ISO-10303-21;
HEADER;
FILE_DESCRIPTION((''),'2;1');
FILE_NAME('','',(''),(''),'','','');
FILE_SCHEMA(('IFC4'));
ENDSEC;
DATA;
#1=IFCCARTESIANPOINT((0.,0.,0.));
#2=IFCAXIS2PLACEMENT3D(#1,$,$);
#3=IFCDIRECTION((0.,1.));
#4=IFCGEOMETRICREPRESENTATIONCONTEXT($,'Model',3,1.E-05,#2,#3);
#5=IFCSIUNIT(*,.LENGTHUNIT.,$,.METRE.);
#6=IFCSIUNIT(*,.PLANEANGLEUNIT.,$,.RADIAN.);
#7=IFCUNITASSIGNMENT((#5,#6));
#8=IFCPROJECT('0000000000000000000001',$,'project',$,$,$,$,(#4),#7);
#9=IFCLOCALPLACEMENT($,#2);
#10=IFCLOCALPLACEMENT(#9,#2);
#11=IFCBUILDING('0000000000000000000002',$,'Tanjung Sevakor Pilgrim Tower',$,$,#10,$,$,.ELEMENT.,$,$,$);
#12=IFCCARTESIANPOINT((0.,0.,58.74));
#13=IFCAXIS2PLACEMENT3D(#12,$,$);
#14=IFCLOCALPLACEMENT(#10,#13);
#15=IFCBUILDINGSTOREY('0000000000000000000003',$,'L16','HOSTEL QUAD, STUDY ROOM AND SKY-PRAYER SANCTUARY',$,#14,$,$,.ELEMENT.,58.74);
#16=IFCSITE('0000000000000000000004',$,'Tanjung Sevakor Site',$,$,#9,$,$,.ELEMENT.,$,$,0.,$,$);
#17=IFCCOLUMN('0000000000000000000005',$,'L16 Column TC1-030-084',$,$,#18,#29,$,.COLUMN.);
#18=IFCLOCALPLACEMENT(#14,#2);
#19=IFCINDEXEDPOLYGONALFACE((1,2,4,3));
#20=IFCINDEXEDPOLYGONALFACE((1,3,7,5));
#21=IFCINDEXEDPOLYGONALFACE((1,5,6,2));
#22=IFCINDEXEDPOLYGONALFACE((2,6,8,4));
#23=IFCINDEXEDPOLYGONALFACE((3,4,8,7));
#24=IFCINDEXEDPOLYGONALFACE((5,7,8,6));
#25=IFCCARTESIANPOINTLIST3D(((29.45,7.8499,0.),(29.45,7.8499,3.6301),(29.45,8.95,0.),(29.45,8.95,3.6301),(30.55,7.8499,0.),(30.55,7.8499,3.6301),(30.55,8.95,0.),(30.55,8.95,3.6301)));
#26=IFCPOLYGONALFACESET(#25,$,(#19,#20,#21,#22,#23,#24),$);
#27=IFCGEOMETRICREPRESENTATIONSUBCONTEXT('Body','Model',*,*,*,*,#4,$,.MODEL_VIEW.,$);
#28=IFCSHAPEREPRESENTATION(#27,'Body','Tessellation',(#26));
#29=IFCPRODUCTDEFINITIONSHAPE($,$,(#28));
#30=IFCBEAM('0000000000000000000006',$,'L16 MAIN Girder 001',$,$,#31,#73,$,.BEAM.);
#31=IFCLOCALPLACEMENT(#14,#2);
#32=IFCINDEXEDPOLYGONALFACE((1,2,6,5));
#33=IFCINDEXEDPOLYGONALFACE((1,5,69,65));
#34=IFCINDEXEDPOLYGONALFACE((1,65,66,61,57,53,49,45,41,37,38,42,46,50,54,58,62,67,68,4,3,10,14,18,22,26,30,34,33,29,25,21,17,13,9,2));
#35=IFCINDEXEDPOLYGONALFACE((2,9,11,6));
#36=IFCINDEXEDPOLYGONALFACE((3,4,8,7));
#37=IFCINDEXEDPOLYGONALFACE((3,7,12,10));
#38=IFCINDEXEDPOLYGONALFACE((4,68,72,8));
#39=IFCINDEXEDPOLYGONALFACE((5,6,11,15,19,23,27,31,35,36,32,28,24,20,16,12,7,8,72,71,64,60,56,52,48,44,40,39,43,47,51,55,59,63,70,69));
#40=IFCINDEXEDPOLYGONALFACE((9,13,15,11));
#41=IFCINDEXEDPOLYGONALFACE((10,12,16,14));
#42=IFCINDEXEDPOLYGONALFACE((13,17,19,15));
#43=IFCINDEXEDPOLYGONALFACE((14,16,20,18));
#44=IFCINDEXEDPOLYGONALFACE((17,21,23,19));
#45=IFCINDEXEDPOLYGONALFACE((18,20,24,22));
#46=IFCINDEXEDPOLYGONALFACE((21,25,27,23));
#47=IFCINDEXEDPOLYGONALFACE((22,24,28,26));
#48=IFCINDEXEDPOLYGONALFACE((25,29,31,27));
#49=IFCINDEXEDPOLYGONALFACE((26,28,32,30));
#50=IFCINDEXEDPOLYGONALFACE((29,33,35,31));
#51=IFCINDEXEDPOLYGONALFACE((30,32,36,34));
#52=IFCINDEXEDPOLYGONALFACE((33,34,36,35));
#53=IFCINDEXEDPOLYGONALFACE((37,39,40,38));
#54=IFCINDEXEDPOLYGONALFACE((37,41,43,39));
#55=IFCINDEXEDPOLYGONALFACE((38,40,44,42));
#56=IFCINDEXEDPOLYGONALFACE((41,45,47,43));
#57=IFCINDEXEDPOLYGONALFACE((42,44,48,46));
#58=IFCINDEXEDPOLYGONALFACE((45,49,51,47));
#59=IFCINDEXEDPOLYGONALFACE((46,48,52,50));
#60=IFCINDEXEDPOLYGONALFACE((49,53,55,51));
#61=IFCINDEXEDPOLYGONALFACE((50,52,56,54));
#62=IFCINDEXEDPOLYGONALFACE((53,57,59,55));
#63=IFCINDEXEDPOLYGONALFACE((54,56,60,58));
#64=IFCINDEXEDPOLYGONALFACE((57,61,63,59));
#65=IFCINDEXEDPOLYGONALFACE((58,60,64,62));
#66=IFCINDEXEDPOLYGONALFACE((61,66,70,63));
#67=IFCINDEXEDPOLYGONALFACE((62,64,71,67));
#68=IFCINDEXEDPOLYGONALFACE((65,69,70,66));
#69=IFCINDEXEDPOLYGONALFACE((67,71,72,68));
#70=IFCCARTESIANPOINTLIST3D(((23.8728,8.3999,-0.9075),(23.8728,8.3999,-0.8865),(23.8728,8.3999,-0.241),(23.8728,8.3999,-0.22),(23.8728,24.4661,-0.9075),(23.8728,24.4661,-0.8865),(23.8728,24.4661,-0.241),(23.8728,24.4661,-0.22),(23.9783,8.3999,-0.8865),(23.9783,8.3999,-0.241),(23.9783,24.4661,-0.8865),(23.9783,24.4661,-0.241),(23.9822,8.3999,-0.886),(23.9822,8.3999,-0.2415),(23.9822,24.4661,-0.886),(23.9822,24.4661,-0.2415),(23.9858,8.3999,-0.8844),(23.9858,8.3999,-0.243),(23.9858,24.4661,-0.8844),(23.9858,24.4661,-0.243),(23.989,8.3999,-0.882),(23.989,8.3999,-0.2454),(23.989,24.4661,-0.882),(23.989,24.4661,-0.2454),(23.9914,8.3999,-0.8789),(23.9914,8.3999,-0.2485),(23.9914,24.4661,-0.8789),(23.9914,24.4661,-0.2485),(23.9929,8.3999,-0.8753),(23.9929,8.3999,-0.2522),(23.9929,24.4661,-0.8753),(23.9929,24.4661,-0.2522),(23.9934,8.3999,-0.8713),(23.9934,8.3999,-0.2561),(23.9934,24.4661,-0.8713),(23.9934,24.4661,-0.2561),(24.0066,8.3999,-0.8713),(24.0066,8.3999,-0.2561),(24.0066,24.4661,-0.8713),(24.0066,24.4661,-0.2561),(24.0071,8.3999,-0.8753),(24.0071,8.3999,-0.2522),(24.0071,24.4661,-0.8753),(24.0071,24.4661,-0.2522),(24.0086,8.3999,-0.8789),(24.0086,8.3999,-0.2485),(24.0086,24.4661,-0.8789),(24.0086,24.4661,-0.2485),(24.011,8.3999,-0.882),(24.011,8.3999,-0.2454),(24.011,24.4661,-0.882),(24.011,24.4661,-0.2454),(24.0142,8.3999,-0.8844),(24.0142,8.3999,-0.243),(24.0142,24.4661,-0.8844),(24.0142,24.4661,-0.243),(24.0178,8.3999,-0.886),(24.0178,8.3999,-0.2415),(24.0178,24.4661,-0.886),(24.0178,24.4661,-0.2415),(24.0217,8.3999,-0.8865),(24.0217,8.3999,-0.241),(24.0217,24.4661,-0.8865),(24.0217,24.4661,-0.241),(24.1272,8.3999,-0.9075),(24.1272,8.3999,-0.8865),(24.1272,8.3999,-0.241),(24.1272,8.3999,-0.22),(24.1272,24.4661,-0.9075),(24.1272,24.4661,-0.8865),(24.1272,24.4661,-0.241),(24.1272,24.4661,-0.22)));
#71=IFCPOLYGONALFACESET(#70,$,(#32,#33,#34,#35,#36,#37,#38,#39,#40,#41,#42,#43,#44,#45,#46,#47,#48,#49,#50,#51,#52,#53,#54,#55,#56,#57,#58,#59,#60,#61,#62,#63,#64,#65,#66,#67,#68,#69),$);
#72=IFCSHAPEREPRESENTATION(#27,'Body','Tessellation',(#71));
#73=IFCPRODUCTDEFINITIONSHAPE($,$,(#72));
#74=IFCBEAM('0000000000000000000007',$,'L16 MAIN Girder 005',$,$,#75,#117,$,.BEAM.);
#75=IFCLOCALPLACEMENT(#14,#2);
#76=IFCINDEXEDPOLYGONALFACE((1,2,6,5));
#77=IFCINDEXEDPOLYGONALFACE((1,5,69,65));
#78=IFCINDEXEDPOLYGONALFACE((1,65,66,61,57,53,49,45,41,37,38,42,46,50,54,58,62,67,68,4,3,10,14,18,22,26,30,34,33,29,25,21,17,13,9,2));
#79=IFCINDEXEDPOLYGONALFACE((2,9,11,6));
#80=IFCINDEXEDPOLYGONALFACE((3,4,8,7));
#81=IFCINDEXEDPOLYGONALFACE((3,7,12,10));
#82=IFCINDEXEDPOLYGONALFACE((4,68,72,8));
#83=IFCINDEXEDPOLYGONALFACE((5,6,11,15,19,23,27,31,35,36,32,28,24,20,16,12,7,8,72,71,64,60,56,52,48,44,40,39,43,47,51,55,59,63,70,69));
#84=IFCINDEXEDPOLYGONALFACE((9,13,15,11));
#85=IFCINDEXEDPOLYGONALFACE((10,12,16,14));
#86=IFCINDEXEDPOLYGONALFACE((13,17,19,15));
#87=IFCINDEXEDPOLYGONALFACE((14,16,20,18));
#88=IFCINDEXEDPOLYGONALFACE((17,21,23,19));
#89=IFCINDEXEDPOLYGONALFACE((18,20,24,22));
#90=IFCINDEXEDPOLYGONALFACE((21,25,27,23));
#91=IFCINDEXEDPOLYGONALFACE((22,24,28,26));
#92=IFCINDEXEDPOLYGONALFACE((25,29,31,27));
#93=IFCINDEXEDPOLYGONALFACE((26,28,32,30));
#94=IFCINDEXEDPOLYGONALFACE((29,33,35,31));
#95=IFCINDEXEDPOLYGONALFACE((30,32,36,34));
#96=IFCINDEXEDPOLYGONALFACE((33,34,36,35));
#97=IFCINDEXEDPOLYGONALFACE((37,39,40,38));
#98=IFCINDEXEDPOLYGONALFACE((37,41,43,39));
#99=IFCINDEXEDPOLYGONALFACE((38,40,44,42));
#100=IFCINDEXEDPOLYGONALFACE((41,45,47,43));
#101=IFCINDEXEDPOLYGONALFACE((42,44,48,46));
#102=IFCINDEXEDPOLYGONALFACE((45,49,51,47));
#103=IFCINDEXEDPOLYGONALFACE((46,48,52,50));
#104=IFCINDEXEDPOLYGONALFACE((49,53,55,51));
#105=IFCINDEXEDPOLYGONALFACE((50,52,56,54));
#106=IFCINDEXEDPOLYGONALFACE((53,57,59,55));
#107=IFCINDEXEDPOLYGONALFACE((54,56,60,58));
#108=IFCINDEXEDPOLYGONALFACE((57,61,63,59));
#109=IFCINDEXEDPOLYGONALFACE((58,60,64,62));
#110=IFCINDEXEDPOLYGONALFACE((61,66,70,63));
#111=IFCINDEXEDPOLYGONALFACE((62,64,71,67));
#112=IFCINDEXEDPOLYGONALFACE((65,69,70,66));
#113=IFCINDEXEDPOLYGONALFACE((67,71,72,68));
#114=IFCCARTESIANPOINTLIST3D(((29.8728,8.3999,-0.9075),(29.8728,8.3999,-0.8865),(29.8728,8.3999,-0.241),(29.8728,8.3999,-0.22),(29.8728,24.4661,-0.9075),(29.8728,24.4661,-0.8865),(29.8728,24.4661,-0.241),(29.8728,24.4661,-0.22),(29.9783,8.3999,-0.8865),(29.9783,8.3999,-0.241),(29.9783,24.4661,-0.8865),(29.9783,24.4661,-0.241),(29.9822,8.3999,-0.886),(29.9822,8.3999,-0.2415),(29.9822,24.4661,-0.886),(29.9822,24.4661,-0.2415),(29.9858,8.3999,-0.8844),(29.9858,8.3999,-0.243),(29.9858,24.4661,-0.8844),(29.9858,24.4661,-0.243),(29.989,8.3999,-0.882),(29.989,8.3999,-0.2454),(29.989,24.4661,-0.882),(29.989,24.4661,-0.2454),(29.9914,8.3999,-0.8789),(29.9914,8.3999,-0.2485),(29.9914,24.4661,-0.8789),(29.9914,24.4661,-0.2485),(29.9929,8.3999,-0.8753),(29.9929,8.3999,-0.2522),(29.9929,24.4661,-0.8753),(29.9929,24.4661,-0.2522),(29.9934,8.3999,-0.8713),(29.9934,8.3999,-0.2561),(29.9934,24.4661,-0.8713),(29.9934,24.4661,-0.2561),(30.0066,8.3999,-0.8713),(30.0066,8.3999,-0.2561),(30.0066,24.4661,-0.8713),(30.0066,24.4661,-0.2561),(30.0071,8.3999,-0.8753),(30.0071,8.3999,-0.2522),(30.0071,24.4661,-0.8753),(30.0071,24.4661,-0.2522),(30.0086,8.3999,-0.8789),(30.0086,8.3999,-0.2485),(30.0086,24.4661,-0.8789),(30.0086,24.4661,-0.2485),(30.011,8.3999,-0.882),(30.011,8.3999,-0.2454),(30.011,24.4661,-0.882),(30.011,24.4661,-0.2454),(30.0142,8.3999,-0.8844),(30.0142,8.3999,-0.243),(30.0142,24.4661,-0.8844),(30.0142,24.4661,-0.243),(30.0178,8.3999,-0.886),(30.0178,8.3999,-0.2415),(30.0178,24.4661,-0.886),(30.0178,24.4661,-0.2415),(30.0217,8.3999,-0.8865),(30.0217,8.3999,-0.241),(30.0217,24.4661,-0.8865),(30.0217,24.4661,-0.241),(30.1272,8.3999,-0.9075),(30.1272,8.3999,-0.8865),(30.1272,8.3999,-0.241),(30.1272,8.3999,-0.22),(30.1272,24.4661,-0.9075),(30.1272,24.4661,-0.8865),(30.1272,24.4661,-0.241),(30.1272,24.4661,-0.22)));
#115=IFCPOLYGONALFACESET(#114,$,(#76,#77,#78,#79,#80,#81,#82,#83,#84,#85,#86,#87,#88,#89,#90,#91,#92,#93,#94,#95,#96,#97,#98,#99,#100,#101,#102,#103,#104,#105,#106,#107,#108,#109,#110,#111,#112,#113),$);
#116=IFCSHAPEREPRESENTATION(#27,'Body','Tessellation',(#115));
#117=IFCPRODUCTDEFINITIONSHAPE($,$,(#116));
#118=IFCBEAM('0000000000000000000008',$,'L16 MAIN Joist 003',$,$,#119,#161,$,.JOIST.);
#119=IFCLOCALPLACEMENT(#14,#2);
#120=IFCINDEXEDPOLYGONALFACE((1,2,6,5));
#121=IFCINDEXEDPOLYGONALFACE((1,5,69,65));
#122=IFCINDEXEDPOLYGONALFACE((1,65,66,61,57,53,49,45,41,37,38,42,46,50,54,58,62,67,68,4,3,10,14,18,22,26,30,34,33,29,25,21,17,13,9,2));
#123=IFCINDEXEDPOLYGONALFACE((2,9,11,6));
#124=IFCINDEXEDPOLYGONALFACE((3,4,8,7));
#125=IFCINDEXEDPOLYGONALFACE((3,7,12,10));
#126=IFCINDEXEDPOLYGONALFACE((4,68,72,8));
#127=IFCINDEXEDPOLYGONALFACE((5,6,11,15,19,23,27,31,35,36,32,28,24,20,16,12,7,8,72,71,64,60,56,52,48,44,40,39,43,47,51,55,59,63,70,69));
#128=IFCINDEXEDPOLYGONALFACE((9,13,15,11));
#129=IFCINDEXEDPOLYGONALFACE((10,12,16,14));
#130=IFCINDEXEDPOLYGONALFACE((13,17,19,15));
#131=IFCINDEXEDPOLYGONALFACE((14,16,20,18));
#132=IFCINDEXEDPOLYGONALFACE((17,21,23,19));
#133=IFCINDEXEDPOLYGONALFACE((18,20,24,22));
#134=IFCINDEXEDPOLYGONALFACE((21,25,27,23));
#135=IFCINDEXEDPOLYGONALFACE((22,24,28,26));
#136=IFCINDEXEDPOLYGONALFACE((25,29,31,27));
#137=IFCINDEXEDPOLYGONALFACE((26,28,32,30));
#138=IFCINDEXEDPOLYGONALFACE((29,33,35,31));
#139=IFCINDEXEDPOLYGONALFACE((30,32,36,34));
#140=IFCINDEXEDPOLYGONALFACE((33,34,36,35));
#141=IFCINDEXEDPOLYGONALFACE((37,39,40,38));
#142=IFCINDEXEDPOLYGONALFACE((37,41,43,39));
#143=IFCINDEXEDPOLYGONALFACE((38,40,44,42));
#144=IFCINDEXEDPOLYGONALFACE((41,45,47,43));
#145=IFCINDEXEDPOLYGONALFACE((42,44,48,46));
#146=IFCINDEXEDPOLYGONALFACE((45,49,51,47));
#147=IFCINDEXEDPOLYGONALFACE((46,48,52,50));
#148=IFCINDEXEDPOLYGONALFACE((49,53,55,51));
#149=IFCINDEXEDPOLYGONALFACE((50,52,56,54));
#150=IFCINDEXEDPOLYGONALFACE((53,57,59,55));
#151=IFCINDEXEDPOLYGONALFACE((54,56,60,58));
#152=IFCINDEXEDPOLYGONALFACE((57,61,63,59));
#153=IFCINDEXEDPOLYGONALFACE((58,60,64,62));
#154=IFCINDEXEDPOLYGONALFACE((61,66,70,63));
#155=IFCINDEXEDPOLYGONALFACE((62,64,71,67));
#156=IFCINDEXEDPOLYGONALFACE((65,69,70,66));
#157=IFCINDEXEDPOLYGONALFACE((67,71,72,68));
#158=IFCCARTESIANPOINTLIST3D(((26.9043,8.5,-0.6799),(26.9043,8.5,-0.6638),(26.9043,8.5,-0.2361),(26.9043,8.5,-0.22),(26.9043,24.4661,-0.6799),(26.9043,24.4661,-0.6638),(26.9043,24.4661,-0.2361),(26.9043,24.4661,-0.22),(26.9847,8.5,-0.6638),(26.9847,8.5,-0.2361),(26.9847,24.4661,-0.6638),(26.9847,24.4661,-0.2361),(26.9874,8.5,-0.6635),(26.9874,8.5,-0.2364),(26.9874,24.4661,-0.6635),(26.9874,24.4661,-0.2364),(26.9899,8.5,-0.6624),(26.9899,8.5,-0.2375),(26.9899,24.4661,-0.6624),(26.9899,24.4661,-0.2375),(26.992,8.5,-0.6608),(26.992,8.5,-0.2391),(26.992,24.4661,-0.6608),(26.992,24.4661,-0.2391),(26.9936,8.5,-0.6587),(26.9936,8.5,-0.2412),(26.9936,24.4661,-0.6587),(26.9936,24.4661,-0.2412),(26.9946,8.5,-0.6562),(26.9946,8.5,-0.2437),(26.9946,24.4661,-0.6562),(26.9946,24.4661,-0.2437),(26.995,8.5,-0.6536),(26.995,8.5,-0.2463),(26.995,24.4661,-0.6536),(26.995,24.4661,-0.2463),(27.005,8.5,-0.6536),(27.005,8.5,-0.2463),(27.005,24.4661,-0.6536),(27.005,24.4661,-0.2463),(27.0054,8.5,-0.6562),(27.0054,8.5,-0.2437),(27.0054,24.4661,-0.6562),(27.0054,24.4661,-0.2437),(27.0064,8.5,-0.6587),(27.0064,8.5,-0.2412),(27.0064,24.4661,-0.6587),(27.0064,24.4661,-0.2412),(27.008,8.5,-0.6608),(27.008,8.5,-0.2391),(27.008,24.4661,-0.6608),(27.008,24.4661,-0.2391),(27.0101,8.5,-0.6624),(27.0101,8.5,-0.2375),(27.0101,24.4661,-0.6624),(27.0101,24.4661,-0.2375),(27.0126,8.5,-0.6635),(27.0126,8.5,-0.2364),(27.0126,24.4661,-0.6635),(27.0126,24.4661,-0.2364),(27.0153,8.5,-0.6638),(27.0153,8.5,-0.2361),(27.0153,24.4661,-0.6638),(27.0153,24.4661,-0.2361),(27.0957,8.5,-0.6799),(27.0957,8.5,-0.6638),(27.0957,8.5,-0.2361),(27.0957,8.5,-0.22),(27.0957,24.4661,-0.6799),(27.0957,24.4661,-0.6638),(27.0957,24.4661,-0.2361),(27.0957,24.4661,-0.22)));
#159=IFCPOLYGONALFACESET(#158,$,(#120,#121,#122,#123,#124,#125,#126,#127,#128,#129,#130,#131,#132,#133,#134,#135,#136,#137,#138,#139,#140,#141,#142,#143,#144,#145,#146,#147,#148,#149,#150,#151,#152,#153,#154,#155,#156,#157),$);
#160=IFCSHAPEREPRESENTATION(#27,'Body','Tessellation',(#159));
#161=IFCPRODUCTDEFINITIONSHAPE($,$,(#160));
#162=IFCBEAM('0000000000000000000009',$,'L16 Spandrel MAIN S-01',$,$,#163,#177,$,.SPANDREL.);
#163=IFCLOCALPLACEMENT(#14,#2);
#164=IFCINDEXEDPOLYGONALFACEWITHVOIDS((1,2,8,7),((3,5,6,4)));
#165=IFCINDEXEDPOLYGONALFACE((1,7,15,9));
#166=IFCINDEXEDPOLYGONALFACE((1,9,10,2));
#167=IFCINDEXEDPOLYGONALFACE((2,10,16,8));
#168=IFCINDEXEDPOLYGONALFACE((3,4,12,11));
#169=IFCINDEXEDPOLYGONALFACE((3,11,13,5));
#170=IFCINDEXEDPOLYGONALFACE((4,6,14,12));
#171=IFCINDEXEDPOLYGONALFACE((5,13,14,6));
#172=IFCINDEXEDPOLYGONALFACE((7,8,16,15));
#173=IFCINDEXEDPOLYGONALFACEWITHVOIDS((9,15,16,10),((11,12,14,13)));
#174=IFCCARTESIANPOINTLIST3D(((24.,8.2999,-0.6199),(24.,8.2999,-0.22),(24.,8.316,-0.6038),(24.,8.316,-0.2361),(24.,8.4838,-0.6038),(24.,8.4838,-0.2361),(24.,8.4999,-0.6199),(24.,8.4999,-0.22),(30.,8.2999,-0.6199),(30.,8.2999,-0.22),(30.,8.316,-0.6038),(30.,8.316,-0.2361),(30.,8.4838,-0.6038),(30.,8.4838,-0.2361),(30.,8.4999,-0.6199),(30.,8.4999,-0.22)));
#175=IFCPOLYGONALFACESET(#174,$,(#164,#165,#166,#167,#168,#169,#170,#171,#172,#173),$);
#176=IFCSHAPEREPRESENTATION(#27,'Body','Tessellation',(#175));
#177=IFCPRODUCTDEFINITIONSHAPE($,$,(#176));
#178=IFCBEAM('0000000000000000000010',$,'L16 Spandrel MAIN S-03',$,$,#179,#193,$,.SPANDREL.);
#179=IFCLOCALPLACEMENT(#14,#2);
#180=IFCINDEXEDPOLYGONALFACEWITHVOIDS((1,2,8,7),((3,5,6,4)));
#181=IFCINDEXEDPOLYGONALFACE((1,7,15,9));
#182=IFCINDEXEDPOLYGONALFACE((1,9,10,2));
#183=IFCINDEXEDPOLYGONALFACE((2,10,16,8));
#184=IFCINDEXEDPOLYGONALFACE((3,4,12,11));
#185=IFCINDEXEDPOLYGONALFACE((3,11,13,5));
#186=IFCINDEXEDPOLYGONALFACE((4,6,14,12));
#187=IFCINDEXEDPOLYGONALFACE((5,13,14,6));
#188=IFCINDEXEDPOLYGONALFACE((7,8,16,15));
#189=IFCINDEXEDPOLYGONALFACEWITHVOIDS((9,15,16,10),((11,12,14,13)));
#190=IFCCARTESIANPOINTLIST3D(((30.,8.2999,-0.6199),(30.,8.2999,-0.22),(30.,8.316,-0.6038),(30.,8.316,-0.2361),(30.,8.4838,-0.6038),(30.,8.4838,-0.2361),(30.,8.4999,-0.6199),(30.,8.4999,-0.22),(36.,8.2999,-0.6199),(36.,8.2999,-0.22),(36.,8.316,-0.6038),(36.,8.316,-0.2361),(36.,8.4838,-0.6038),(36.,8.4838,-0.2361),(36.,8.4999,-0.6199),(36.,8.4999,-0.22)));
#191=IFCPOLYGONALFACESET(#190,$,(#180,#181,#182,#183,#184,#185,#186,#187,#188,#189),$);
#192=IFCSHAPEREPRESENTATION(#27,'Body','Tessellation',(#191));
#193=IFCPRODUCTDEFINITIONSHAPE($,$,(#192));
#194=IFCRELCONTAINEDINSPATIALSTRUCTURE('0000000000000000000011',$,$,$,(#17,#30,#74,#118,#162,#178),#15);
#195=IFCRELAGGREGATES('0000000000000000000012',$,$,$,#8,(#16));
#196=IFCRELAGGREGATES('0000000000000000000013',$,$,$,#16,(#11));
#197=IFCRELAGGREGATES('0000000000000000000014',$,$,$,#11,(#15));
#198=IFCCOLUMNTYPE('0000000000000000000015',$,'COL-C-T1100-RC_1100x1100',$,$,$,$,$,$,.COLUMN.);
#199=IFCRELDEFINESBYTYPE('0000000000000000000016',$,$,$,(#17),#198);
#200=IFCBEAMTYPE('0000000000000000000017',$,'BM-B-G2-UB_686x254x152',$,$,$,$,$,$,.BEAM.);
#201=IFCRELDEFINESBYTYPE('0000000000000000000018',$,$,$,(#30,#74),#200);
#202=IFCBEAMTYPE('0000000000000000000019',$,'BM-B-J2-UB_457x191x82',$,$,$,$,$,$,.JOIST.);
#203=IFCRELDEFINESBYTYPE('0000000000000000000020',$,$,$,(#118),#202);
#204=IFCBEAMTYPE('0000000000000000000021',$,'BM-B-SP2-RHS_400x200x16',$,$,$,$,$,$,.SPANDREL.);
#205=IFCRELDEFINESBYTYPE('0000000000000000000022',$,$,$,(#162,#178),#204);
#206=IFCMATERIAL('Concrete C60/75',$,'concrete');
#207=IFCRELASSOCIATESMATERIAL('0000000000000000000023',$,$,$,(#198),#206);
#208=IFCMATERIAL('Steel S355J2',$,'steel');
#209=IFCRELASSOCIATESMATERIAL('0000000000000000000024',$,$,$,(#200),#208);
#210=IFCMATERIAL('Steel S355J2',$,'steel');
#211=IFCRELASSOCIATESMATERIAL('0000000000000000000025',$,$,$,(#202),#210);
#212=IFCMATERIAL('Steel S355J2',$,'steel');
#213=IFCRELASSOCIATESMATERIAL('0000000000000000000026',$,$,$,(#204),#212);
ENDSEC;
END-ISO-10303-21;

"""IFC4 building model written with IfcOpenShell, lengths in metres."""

from ifc_helpers import new_model, si_unit, direction, frame, origin, origin_2d, place, context, subcontext, project, spatial, rectangle, hollow_rectangle, i_section, extrude, material, material_profile, profile_set, type_object, element, save


model = new_model("IFC4")

# Units and contexts
model_context = context("Model", 3, precision=1e-05, world=origin(), true_north=direction((0.0, 1.0)))
body_context = subcontext(model_context, "Body", "Model", "MODEL_VIEW")
ifc_project = project(units=[si_unit("LENGTHUNIT", "METRE"), si_unit("PLANEANGLEUNIT", "RADIAN")], contexts=[model_context])

# Site, building, storey
site_placement = place(None, origin())
site = spatial("IfcSite", under=ifc_project, at=site_placement, Name="Tanjung Sevakor Site", CompositionType="ELEMENT", RefElevation=0.0)
building_placement = place(site_placement, origin())
building = spatial("IfcBuilding", under=site, at=building_placement, Name="Tanjung Sevakor Pilgrim Tower", CompositionType="ELEMENT")
storey_placement = place(building_placement, frame((0.0, 0.0, 58.74)))
storey = spatial("IfcBuildingStorey", under=building, at=storey_placement, Name="L16", Description="HOSTEL QUAD, STUDY ROOM AND SKY-PRAYER SANCTUARY", CompositionType="ELEMENT", Elevation=58.74)

# Column
ifc_material_1 = material(Name="Concrete C60/75", Category="concrete")
ifc_material_profile_1 = material_profile(ifc_material_1, rectangle(XDim=1.1001, YDim=1.1001, at=origin_2d()))
ifc_profile_set_1 = profile_set([ifc_material_profile_1], Name="Concrete C60/75")
column_type = type_object("IfcColumnType", Name="COL-C-T1100-RC_1100x1100", PredefinedType="COLUMN", material=ifc_profile_set_1)
column_placement = place(storey_placement, frame((30.0, 8.3999, 0.0), z_axis=(0.0, 0.0, 1.0), x_axis=(1.0, 0.0, 0.0)))
element("IfcColumn", 1, at=column_placement, inside=storey, type_object=column_type, Name="L16 Column TC1-030-084", PredefinedType="COLUMN", context=body_context, shape_type="SweptSolid", body=[
    extrude(rectangle(XDim=1.1001, YDim=1.1001, at=origin_2d()), origin(), (0.0, 0.0, 1.0), 3.6301),
])

# Beams
ifc_material_2 = material(Name="Steel S355J2", Category="steel")
ifc_material_profile_2 = material_profile(ifc_material_2, i_section(OverallWidth=0.2544, OverallDepth=0.6875, WebThickness=0.0132, FlangeThickness=0.021, FilletRadius=0.0151, at=origin_2d()))
ifc_profile_set_2 = profile_set([ifc_material_profile_2], Name="Steel S355J2")
beam_type_1 = type_object("IfcBeamType", Name="BM-B-G2-UB_686x254x152", PredefinedType="BEAM", material=ifc_profile_set_2)
for number, where, z_axis, x_axis, name in (
    (2, (24.0, 8.3999, -0.5637), (0.0, 1.0, 0.0), (-1.0, 0.0, 0.0), "L16 MAIN Girder 001"),
    (3, (30.0, 8.3999, -0.5637), (0.0, 1.0, 0.0), (-1.0, 0.0, 0.0), "L16 MAIN Girder 005"),
):
    element("IfcBeam", number, at=place(storey_placement, frame(where, z_axis=z_axis, x_axis=x_axis)), inside=storey, type_object=beam_type_1, Name=name, PredefinedType="BEAM", context=body_context, shape_type="SweptSolid", body=[
        extrude(i_section(OverallWidth=0.2544, OverallDepth=0.6875, WebThickness=0.0132, FlangeThickness=0.021, FilletRadius=0.0151, at=origin_2d()), origin(), (0.0, 0.0, 1.0), 16.0662),
    ])
ifc_material_3 = material(Name="Steel S355J2", Category="steel")
ifc_material_profile_3 = material_profile(ifc_material_3, i_section(OverallWidth=0.1914, OverallDepth=0.46, WebThickness=0.01, FlangeThickness=0.0161, FilletRadius=0.0103, at=origin_2d()))
ifc_profile_set_3 = profile_set([ifc_material_profile_3], Name="Steel S355J2")
beam_type_2 = type_object("IfcBeamType", Name="BM-B-J2-UB_457x191x82", PredefinedType="JOIST", material=ifc_profile_set_3)
beam_placement = place(storey_placement, frame((27.0, 8.5, -0.45), z_axis=(0.0, 1.0, 0.0), x_axis=(-1.0, 0.0, 0.0)))
element("IfcBeam", 4, at=beam_placement, inside=storey, type_object=beam_type_2, Name="L16 MAIN Joist 003", PredefinedType="JOIST", context=body_context, shape_type="SweptSolid", body=[
    extrude(i_section(OverallWidth=0.1914, OverallDepth=0.46, WebThickness=0.01, FlangeThickness=0.0161, FilletRadius=0.0103, at=origin_2d()), origin(), (0.0, 0.0, 1.0), 15.9661),
])
ifc_material_4 = material(Name="Steel S355J2", Category="steel")
ifc_material_profile_4 = material_profile(ifc_material_4, hollow_rectangle(XDim=0.2, YDim=0.3999, WallThickness=0.0161, at=origin_2d()))
ifc_profile_set_4 = profile_set([ifc_material_profile_4], Name="Steel S355J2")
beam_type_3 = type_object("IfcBeamType", Name="BM-B-SP2-RHS_400x200x16", PredefinedType="SPANDREL", material=ifc_profile_set_4)
for number, where, z_axis, x_axis, name in (
    (5, (24.0, 8.3999, -0.4199), (1.0, 0.0, 0.0), (0.0, 1.0, 0.0), "L16 Spandrel MAIN S-01"),
    (6, (30.0, 8.3999, -0.4199), (1.0, 0.0, 0.0), (0.0, 1.0, 0.0), "L16 Spandrel MAIN S-03"),
):
    element("IfcBeam", number, at=place(storey_placement, frame(where, z_axis=z_axis, x_axis=x_axis)), inside=storey, type_object=beam_type_3, Name=name, PredefinedType="SPANDREL", context=body_context, shape_type="SweptSolid", body=[
        extrude(hollow_rectangle(XDim=0.2, YDim=0.3999, WallThickness=0.0161, at=origin_2d()), origin(), (0.0, 0.0, 1.0), 6.0),
    ])

save(model, "model.ifc")
